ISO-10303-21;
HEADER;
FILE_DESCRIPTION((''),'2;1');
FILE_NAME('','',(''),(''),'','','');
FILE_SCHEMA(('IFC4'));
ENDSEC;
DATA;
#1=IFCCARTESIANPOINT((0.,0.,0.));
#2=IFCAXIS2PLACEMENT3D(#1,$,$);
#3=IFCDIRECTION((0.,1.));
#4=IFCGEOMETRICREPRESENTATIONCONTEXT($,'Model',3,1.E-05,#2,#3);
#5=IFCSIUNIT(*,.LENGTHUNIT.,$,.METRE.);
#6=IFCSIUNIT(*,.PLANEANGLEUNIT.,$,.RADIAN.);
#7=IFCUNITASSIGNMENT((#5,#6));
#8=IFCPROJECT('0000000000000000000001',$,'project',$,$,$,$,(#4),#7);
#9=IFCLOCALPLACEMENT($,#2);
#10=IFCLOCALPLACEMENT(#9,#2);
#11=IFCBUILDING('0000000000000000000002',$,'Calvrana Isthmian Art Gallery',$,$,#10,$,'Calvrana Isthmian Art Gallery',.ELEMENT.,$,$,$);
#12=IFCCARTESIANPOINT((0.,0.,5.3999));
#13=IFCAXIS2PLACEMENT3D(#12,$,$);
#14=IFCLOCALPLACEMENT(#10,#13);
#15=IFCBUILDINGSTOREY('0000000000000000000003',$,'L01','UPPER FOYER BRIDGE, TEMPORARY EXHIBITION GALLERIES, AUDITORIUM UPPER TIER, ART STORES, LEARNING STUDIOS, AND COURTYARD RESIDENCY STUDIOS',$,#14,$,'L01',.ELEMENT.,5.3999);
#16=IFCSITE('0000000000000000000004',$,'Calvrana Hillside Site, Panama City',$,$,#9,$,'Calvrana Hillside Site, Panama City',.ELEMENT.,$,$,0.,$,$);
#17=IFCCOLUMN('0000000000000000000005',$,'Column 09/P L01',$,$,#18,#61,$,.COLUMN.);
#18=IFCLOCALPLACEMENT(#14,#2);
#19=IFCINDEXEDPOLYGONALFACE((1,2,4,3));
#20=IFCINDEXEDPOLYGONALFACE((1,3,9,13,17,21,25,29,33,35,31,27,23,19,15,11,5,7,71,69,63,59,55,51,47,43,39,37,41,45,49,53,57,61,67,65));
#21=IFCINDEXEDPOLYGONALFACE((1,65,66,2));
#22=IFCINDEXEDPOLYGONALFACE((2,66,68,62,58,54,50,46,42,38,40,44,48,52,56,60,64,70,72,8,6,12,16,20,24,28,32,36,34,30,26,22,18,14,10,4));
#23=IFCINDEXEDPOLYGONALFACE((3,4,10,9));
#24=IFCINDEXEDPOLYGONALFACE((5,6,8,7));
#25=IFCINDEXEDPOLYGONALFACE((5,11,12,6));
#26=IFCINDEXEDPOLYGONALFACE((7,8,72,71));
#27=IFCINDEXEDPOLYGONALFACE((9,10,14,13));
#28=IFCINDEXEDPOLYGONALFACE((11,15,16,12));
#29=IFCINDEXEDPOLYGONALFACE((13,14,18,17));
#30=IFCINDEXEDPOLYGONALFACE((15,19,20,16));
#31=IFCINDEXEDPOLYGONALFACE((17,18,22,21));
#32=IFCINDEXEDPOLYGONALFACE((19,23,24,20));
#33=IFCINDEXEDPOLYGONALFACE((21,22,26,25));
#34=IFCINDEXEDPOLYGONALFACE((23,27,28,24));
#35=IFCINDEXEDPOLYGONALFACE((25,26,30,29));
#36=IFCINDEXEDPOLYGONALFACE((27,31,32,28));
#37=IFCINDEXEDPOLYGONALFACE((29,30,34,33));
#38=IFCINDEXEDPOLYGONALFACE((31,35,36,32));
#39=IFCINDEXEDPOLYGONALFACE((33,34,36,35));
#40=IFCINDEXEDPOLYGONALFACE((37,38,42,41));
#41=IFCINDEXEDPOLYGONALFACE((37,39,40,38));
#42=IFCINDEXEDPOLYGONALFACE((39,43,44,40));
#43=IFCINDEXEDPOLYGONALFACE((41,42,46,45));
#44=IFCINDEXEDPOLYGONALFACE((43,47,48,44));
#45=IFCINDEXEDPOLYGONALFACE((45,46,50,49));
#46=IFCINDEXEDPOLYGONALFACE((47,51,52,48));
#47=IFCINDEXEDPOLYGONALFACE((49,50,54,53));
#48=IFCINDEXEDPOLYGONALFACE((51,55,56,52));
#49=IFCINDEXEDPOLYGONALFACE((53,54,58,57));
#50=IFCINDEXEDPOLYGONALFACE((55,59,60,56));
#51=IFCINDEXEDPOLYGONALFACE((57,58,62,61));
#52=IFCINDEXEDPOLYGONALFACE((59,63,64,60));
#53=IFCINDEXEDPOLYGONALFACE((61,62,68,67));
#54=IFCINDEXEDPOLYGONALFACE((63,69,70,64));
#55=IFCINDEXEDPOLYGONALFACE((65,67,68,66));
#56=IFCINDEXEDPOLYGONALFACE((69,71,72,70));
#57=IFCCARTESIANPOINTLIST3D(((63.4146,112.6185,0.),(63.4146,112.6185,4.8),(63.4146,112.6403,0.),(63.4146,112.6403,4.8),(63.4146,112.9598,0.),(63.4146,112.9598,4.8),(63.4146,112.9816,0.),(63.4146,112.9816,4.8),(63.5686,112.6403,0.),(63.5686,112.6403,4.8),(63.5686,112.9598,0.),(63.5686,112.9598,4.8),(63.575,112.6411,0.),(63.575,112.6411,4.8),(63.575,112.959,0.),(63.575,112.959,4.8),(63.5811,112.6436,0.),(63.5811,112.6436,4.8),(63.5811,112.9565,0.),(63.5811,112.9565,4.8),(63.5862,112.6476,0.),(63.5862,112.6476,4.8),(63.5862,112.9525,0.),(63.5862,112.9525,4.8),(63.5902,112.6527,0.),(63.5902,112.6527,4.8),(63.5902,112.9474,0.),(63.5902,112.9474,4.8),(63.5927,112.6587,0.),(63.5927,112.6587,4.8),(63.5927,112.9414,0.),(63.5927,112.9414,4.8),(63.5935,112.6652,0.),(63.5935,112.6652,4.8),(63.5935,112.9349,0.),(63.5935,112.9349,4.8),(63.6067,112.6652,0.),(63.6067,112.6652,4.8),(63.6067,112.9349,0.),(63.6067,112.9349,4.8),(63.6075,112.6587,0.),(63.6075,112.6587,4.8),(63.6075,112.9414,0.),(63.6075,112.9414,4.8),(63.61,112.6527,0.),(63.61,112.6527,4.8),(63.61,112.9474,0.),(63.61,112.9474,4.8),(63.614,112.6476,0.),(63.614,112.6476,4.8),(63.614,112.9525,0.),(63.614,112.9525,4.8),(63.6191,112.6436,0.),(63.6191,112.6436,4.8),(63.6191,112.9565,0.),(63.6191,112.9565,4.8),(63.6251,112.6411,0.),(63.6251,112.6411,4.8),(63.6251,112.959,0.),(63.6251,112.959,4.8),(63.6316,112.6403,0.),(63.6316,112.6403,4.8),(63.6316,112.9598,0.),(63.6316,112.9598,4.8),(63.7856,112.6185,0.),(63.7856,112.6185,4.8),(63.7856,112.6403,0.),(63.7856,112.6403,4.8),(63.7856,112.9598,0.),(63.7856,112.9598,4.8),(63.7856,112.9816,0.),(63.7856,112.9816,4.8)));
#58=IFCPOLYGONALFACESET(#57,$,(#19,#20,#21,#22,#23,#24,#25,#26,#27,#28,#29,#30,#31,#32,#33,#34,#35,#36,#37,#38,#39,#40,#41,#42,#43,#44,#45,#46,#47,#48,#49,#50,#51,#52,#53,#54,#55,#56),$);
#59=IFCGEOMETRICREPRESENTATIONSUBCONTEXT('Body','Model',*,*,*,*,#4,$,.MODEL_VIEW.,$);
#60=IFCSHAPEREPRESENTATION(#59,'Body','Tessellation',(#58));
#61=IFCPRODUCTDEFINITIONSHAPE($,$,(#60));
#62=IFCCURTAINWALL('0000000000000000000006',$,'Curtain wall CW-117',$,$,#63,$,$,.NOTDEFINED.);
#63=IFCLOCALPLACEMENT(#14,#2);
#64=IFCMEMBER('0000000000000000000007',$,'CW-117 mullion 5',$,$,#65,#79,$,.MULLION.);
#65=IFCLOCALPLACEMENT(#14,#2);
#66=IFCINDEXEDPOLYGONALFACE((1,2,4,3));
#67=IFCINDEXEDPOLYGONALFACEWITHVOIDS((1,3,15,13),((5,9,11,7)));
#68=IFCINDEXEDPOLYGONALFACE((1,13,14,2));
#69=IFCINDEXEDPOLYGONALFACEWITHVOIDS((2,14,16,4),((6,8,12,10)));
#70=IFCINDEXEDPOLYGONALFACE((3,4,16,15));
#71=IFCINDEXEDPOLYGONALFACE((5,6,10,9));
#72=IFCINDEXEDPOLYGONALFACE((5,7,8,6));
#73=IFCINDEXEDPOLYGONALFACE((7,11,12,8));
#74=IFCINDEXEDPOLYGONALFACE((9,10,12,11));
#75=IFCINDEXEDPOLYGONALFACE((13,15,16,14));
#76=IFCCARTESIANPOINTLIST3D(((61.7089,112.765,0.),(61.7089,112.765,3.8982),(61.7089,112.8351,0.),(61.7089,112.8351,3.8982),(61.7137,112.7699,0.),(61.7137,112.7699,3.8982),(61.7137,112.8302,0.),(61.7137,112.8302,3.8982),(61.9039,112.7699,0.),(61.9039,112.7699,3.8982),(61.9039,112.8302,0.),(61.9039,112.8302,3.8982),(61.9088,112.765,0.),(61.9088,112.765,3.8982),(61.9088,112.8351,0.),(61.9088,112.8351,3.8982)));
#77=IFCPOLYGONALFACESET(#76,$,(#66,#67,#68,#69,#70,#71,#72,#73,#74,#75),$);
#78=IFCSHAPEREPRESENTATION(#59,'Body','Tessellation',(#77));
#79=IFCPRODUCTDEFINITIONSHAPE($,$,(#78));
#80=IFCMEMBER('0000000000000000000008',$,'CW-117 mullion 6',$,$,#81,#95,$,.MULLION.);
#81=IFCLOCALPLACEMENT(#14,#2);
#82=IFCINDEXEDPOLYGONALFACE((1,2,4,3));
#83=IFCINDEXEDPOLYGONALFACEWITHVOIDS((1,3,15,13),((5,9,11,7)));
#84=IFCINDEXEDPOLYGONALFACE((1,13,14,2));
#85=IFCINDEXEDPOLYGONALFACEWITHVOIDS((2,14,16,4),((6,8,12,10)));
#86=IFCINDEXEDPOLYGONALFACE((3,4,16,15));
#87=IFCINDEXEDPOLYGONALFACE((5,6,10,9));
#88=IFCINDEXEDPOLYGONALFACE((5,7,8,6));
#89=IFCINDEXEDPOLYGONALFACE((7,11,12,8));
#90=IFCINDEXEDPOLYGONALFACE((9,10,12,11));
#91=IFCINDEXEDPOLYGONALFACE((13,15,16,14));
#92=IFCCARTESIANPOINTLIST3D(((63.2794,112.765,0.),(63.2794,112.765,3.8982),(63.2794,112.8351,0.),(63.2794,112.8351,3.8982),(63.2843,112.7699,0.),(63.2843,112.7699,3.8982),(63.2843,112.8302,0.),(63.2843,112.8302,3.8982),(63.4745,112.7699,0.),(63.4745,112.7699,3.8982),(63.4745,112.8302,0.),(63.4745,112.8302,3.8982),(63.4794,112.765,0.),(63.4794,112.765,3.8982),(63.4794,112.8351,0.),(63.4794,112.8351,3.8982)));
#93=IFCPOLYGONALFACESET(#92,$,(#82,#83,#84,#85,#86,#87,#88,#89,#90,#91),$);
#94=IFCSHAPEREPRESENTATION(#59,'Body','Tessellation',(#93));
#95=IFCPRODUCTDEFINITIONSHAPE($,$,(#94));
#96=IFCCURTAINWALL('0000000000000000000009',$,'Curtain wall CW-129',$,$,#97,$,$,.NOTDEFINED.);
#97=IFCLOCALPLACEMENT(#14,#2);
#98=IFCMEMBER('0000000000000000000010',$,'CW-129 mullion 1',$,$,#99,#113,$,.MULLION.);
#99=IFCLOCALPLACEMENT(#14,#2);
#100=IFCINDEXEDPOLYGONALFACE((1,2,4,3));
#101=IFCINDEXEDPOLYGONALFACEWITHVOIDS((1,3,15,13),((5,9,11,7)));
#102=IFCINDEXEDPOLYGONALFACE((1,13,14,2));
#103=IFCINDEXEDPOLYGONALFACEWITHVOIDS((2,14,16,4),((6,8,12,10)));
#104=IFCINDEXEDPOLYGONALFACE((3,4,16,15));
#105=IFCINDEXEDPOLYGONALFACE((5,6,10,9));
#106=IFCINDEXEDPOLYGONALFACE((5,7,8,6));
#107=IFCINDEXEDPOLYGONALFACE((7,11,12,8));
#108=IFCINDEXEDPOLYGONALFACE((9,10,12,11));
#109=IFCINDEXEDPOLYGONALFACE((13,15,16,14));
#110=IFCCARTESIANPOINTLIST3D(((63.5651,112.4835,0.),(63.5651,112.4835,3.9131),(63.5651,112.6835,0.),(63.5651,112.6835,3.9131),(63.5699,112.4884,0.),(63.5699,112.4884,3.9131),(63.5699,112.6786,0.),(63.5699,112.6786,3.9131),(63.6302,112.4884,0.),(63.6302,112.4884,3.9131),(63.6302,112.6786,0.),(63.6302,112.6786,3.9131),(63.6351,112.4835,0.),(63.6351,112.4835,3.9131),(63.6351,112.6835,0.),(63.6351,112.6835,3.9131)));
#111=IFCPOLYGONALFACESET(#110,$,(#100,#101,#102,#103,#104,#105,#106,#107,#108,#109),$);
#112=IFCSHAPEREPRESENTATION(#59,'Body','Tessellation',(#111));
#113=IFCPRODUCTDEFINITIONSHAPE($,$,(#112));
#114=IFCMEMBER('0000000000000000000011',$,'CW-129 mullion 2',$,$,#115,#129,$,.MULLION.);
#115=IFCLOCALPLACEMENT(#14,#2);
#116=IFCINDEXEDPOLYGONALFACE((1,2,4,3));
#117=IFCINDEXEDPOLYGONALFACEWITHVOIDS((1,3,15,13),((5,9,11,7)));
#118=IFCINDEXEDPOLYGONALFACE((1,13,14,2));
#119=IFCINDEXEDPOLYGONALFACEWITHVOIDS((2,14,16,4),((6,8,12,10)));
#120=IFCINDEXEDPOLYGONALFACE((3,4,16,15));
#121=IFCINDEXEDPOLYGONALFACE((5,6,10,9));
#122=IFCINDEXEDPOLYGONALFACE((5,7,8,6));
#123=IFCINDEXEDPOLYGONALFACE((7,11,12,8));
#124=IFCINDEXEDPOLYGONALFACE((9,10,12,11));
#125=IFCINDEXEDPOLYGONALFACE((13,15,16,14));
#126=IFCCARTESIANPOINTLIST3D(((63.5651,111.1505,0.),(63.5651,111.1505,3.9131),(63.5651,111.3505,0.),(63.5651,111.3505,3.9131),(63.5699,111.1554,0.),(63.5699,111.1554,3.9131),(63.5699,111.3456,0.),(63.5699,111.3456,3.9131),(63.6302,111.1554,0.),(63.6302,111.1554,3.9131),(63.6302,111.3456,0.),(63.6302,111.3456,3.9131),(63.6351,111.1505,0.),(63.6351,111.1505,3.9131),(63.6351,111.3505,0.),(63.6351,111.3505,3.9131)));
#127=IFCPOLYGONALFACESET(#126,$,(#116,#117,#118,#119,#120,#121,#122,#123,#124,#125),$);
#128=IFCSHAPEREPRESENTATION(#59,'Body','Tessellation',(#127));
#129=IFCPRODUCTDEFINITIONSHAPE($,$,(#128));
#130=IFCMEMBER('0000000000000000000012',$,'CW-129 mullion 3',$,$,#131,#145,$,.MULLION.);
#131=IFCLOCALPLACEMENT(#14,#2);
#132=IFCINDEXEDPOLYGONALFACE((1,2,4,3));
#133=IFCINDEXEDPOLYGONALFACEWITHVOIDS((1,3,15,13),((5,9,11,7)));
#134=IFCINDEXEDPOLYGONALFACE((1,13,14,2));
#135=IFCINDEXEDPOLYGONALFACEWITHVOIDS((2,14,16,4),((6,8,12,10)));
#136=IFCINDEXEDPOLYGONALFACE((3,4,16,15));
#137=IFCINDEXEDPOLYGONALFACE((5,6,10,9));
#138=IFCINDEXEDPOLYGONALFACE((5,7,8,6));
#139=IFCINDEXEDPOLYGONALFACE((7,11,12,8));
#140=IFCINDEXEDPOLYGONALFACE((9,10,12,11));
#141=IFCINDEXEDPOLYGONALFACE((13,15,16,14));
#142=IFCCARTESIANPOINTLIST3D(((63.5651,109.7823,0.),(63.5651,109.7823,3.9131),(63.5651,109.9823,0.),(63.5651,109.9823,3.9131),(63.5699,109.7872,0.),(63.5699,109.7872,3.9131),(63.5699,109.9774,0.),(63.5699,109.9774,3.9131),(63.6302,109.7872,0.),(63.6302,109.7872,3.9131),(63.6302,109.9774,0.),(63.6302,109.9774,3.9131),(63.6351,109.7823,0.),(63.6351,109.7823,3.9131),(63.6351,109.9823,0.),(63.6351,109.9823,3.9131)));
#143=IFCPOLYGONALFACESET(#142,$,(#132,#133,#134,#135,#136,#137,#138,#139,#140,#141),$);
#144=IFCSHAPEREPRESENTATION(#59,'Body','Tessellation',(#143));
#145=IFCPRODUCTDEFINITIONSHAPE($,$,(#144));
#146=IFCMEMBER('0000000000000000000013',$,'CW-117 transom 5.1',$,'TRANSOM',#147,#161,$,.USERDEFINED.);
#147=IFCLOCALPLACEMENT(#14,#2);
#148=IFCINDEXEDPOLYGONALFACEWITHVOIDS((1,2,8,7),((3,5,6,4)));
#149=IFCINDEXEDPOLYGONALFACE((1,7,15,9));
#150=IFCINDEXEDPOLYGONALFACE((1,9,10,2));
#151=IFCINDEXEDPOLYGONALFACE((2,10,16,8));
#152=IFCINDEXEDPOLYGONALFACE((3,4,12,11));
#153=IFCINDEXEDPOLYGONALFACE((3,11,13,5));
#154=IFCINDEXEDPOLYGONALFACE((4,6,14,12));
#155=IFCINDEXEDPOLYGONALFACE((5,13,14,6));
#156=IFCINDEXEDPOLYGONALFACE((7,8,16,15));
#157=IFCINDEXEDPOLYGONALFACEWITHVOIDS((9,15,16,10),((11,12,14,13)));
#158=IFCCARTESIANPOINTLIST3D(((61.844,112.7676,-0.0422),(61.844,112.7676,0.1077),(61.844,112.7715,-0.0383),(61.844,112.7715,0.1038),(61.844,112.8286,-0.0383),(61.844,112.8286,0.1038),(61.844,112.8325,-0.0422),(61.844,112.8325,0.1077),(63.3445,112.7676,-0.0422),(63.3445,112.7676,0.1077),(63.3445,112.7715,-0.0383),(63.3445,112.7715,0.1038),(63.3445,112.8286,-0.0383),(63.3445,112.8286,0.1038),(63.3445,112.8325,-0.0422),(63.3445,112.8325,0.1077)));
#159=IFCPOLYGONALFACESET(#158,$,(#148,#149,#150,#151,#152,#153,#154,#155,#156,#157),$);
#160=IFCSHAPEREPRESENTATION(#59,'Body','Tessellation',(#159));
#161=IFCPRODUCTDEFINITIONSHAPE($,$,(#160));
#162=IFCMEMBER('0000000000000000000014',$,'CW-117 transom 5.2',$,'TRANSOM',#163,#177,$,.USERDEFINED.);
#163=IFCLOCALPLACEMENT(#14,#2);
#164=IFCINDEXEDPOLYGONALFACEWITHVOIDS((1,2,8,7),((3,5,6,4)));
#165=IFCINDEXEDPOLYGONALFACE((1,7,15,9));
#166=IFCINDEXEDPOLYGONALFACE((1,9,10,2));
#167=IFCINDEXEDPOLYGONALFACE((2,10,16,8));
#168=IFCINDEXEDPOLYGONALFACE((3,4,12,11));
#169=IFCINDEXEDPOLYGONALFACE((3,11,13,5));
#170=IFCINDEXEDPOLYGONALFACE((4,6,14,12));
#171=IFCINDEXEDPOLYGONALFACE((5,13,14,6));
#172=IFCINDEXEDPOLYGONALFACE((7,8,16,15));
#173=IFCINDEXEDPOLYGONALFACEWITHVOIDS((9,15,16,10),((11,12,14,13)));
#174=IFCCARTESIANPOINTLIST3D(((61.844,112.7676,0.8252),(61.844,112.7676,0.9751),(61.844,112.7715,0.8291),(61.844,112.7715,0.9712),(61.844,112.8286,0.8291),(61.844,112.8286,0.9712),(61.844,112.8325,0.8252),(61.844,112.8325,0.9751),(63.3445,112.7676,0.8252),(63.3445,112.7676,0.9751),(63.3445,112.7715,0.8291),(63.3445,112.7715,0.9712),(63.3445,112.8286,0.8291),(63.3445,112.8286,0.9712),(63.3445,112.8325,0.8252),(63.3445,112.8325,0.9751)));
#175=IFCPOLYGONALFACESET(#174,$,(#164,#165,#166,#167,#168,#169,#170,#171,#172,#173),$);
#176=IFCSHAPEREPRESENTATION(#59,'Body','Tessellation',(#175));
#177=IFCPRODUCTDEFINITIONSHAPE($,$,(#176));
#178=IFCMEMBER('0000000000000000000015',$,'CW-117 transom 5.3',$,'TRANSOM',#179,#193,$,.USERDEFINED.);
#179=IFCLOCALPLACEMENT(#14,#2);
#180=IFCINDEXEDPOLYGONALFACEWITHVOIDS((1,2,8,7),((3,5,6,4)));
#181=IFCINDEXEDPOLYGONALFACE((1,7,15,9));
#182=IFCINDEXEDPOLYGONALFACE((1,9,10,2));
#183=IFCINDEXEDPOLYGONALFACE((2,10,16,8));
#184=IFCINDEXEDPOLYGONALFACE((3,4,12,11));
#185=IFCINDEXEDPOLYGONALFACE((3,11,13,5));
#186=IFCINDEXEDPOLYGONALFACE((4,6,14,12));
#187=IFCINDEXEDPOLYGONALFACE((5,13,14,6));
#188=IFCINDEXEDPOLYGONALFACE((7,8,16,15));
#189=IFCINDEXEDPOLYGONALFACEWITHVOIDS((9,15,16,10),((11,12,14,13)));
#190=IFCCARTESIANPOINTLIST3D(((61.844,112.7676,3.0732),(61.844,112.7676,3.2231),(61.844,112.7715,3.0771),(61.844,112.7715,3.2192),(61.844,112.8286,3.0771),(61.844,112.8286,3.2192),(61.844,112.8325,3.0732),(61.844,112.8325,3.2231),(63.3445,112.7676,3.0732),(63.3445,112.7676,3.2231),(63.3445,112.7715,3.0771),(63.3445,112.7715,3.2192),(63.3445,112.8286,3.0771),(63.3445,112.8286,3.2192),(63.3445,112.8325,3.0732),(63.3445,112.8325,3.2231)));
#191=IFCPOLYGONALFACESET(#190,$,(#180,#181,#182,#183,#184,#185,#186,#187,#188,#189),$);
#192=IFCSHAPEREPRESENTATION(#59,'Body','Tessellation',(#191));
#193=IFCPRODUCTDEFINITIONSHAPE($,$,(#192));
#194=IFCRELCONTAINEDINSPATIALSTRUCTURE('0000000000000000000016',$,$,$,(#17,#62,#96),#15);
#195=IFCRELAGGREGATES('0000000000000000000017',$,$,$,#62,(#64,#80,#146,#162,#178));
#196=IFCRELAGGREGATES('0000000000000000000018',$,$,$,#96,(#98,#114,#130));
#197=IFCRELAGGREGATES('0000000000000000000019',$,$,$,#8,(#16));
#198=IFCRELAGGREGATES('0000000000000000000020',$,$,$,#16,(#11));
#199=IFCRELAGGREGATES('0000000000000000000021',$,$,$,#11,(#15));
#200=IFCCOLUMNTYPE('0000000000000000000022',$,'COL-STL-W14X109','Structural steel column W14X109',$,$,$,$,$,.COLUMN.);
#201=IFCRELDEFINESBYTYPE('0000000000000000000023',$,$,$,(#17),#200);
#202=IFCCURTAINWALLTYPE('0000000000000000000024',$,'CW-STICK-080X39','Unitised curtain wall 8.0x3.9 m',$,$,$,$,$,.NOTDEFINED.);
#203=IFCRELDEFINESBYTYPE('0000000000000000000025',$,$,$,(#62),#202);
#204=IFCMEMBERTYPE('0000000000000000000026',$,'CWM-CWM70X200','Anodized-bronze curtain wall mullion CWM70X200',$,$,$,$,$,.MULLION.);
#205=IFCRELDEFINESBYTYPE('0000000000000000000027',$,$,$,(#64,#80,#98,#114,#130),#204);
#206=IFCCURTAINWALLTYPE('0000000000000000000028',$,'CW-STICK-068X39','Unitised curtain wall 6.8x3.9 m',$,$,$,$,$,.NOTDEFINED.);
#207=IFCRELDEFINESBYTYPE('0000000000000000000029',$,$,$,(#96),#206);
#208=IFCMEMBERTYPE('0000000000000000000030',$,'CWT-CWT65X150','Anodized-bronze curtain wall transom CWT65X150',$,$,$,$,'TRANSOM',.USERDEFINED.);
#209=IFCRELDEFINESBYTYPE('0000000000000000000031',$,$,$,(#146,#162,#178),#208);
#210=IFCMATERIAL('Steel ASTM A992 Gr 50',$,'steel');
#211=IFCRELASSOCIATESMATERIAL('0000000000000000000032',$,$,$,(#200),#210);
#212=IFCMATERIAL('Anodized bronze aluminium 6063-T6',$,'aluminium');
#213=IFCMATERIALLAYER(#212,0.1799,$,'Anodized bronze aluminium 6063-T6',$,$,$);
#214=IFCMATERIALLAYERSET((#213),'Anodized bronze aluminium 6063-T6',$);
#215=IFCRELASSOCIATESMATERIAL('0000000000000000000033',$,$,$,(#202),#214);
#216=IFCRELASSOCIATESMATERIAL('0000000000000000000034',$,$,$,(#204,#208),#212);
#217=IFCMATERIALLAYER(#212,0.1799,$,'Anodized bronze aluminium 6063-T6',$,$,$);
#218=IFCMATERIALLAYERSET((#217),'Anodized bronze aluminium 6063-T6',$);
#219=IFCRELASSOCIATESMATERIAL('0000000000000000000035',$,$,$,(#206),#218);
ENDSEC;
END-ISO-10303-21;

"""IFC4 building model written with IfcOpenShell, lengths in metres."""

from ifc_helpers import new_model, si_unit, direction, frame, origin, origin_2d, place, context, subcontext, project, spatial, hollow_rectangle, i_section, extrude, material, layer, layer_set, material_profile, profile_set, type_object, element, aggregate, save


model = new_model("IFC4")

# Units and contexts
model_context = context("Model", 3, precision=1e-05, world=origin(), true_north=direction((0.0, 1.0)))
body_context = subcontext(model_context, "Body", "Model", "MODEL_VIEW")
ifc_project = project(units=[si_unit("LENGTHUNIT", "METRE"), si_unit("PLANEANGLEUNIT", "RADIAN")], contexts=[model_context])

# Site, building, storey
site_placement = place(None, origin())
site = spatial("IfcSite", under=ifc_project, at=site_placement, Name="Calvrana Hillside Site, Panama City", LongName="Calvrana Hillside Site, Panama City", CompositionType="ELEMENT", RefElevation=0.0)
building_placement = place(site_placement, origin())
building = spatial("IfcBuilding", under=site, at=building_placement, Name="Calvrana Isthmian Art Gallery", LongName="Calvrana Isthmian Art Gallery", CompositionType="ELEMENT")
storey_placement = place(building_placement, frame((0.0, 0.0, 5.3999)))
storey = spatial("IfcBuildingStorey", under=building, at=storey_placement, Name="L01", Description="UPPER FOYER BRIDGE, TEMPORARY EXHIBITION GALLERIES, AUDITORIUM UPPER TIER, ART STORES, LEARNING STUDIOS, AND COURTYARD RESIDENCY STUDIOS", LongName="L01", CompositionType="ELEMENT", Elevation=5.3999)

# Column
ifc_material_1 = material(Name="Steel ASTM A992 Gr 50", Category="steel")
ifc_material_profile_1 = material_profile(ifc_material_1, i_section(OverallWidth=0.3711, OverallDepth=0.363, WebThickness=0.0132, FlangeThickness=0.0217, FilletRadius=0.0249, at=origin_2d()), Name="W14X109")
ifc_profile_set_1 = profile_set([ifc_material_profile_1], Name="Steel ASTM A992 Gr 50")
column_type = type_object("IfcColumnType", Name="COL-STL-W14X109", Description="Structural steel column W14X109", PredefinedType="COLUMN", material=ifc_profile_set_1)
column_placement = place(storey_placement, frame((63.6001, 112.8, 0.0), z_axis=(0.0, 0.0, 1.0), x_axis=(1.0, 0.0, 0.0)))
element("IfcColumn", 1, at=column_placement, inside=storey, type_object=column_type, Name="Column 09/P L01", PredefinedType="COLUMN", context=body_context, shape_type="SweptSolid", body=[
    extrude(i_section(OverallWidth=0.3711, OverallDepth=0.363, WebThickness=0.0132, FlangeThickness=0.0217, FilletRadius=0.0249, at=origin_2d()), origin(), (0.0, 0.0, 1.0), 4.8),
])

# Curtain walls, members
ifc_material_2 = material(Name="Anodized bronze aluminium 6063-T6", Category="aluminium")
ifc_layer_1 = layer(ifc_material_2, 0.1799, Name="Anodized bronze aluminium 6063-T6")
ifc_layer_set_1 = layer_set([ifc_layer_1], Name="Anodized bronze aluminium 6063-T6")
curtain_wall_type_1 = type_object("IfcCurtainWallType", Name="CW-STICK-080X39", Description="Unitised curtain wall 8.0x3.9 m", PredefinedType="NOTDEFINED", material=ifc_layer_set_1)
curtain_wall_1_placement = place(storey_placement, origin())
curtain_wall_1 = element("IfcCurtainWall", 2, at=curtain_wall_1_placement, inside=storey, type_object=curtain_wall_type_1, Name="Curtain wall CW-117", PredefinedType="NOTDEFINED")
ifc_material_profile_2 = material_profile(ifc_material_2, hollow_rectangle(XDim=0.0701, YDim=0.2, WallThickness=0.0049, at=origin_2d()), Name="CWM70X200")
ifc_profile_set_2 = profile_set([ifc_material_profile_2], Name="Anodized bronze aluminium 6063-T6")
member_type_1 = type_object("IfcMemberType", Name="CWM-CWM70X200", Description="Anodized-bronze curtain wall mullion CWM70X200", PredefinedType="MULLION", material=ifc_profile_set_2)
member_1_placement = place(storey_placement, frame((61.8088, 112.8, 0.0), z_axis=(0.0, 0.0, 1.0), x_axis=(0.0, 1.0, 0.0)))
member_1 = element("IfcMember", 3, at=member_1_placement, type_object=member_type_1, Name="CW-117 mullion 5", PredefinedType="MULLION", context=body_context, shape_type="SweptSolid", body=[
    extrude(hollow_rectangle(XDim=0.0701, YDim=0.2, WallThickness=0.0049, at=origin_2d()), origin(), (0.0, 0.0, 1.0), 3.8982),
])
member_2_placement = place(storey_placement, frame((63.3794, 112.8, 0.0), z_axis=(0.0, 0.0, 1.0), x_axis=(0.0, 1.0, 0.0)))
member_2 = element("IfcMember", 4, at=member_2_placement, type_object=member_type_1, Name="CW-117 mullion 6", PredefinedType="MULLION", context=body_context, shape_type="SweptSolid", body=[
    extrude(hollow_rectangle(XDim=0.0701, YDim=0.2, WallThickness=0.0049, at=origin_2d()), origin(), (0.0, 0.0, 1.0), 3.8982),
])
ifc_layer_2 = layer(ifc_material_2, 0.1799, Name="Anodized bronze aluminium 6063-T6")
ifc_layer_set_2 = layer_set([ifc_layer_2], Name="Anodized bronze aluminium 6063-T6")
curtain_wall_type_2 = type_object("IfcCurtainWallType", Name="CW-STICK-068X39", Description="Unitised curtain wall 6.8x3.9 m", PredefinedType="NOTDEFINED", material=ifc_layer_set_2)
curtain_wall_2_placement = place(storey_placement, origin())
curtain_wall_2 = element("IfcCurtainWall", 5, at=curtain_wall_2_placement, inside=storey, type_object=curtain_wall_type_2, Name="Curtain wall CW-129", PredefinedType="NOTDEFINED")
member_3_placement = place(storey_placement, frame((63.6001, 112.5835, 0.0), z_axis=(0.0, 0.0, 1.0), x_axis=(1.0, 0.0, 0.0)))
member_3 = element("IfcMember", 6, at=member_3_placement, type_object=member_type_1, Name="CW-129 mullion 1", PredefinedType="MULLION", context=body_context, shape_type="SweptSolid", body=[
    extrude(hollow_rectangle(XDim=0.0701, YDim=0.2, WallThickness=0.0049, at=origin_2d()), origin(), (0.0, 0.0, 1.0), 3.9131),
])
member_4_placement = place(storey_placement, frame((63.6001, 111.2505, 0.0), z_axis=(0.0, 0.0, 1.0), x_axis=(1.0, 0.0, 0.0)))
member_4 = element("IfcMember", 7, at=member_4_placement, type_object=member_type_1, Name="CW-129 mullion 2", PredefinedType="MULLION", context=body_context, shape_type="SweptSolid", body=[
    extrude(hollow_rectangle(XDim=0.0701, YDim=0.2, WallThickness=0.0049, at=origin_2d()), origin(), (0.0, 0.0, 1.0), 3.9131),
])
member_5_placement = place(storey_placement, frame((63.6001, 109.8823, 0.0), z_axis=(0.0, 0.0, 1.0), x_axis=(1.0, 0.0, 0.0)))
member_5 = element("IfcMember", 8, at=member_5_placement, type_object=member_type_1, Name="CW-129 mullion 3", PredefinedType="MULLION", context=body_context, shape_type="SweptSolid", body=[
    extrude(hollow_rectangle(XDim=0.0701, YDim=0.2, WallThickness=0.0049, at=origin_2d()), origin(), (0.0, 0.0, 1.0), 3.9131),
])

# Members
ifc_material_profile_3 = material_profile(ifc_material_2, hollow_rectangle(XDim=0.0649, YDim=0.1499, WallThickness=0.0039, at=origin_2d()), Name="CWT65X150")
ifc_profile_set_3 = profile_set([ifc_material_profile_3], Name="Anodized bronze aluminium 6063-T6")
member_type_2 = type_object("IfcMemberType", Name="CWT-CWT65X150", Description="Anodized-bronze curtain wall transom CWT65X150", ElementType="TRANSOM", PredefinedType="USERDEFINED", material=ifc_profile_set_3)
member_6_placement = place(storey_placement, frame((61.844, 112.8, 0.0327), z_axis=(1.0, 0.0, 0.0), x_axis=(0.0, 1.0, 0.0)))
member_6 = element("IfcMember", 9, at=member_6_placement, type_object=member_type_2, Name="CW-117 transom 5.1", ObjectType="TRANSOM", PredefinedType="USERDEFINED", context=body_context, shape_type="SweptSolid", body=[
    extrude(hollow_rectangle(XDim=0.0649, YDim=0.1499, WallThickness=0.0039, at=origin_2d()), origin(), (0.0, 0.0, 1.0), 1.5005),
])
member_7_placement = place(storey_placement, frame((61.844, 112.8, 0.9001), z_axis=(1.0, 0.0, 0.0), x_axis=(0.0, 1.0, 0.0)))
member_7 = element("IfcMember", 10, at=member_7_placement, type_object=member_type_2, Name="CW-117 transom 5.2", ObjectType="TRANSOM", PredefinedType="USERDEFINED", context=body_context, shape_type="SweptSolid", body=[
    extrude(hollow_rectangle(XDim=0.0649, YDim=0.1499, WallThickness=0.0039, at=origin_2d()), origin(), (0.0, 0.0, 1.0), 1.5005),
])
member_8_placement = place(storey_placement, frame((61.844, 112.8, 3.1482), z_axis=(1.0, 0.0, 0.0), x_axis=(0.0, 1.0, 0.0)))
member_8 = element("IfcMember", 11, at=member_8_placement, type_object=member_type_2, Name="CW-117 transom 5.3", ObjectType="TRANSOM", PredefinedType="USERDEFINED", context=body_context, shape_type="SweptSolid", body=[
    extrude(hollow_rectangle(XDim=0.0649, YDim=0.1499, WallThickness=0.0039, at=origin_2d()), origin(), (0.0, 0.0, 1.0), 1.5005),
])

aggregate(curtain_wall_1, [member_1, member_2, member_6, member_7, member_8])
aggregate(curtain_wall_2, [member_3, member_4, member_5])

save(model, "model.ifc")
